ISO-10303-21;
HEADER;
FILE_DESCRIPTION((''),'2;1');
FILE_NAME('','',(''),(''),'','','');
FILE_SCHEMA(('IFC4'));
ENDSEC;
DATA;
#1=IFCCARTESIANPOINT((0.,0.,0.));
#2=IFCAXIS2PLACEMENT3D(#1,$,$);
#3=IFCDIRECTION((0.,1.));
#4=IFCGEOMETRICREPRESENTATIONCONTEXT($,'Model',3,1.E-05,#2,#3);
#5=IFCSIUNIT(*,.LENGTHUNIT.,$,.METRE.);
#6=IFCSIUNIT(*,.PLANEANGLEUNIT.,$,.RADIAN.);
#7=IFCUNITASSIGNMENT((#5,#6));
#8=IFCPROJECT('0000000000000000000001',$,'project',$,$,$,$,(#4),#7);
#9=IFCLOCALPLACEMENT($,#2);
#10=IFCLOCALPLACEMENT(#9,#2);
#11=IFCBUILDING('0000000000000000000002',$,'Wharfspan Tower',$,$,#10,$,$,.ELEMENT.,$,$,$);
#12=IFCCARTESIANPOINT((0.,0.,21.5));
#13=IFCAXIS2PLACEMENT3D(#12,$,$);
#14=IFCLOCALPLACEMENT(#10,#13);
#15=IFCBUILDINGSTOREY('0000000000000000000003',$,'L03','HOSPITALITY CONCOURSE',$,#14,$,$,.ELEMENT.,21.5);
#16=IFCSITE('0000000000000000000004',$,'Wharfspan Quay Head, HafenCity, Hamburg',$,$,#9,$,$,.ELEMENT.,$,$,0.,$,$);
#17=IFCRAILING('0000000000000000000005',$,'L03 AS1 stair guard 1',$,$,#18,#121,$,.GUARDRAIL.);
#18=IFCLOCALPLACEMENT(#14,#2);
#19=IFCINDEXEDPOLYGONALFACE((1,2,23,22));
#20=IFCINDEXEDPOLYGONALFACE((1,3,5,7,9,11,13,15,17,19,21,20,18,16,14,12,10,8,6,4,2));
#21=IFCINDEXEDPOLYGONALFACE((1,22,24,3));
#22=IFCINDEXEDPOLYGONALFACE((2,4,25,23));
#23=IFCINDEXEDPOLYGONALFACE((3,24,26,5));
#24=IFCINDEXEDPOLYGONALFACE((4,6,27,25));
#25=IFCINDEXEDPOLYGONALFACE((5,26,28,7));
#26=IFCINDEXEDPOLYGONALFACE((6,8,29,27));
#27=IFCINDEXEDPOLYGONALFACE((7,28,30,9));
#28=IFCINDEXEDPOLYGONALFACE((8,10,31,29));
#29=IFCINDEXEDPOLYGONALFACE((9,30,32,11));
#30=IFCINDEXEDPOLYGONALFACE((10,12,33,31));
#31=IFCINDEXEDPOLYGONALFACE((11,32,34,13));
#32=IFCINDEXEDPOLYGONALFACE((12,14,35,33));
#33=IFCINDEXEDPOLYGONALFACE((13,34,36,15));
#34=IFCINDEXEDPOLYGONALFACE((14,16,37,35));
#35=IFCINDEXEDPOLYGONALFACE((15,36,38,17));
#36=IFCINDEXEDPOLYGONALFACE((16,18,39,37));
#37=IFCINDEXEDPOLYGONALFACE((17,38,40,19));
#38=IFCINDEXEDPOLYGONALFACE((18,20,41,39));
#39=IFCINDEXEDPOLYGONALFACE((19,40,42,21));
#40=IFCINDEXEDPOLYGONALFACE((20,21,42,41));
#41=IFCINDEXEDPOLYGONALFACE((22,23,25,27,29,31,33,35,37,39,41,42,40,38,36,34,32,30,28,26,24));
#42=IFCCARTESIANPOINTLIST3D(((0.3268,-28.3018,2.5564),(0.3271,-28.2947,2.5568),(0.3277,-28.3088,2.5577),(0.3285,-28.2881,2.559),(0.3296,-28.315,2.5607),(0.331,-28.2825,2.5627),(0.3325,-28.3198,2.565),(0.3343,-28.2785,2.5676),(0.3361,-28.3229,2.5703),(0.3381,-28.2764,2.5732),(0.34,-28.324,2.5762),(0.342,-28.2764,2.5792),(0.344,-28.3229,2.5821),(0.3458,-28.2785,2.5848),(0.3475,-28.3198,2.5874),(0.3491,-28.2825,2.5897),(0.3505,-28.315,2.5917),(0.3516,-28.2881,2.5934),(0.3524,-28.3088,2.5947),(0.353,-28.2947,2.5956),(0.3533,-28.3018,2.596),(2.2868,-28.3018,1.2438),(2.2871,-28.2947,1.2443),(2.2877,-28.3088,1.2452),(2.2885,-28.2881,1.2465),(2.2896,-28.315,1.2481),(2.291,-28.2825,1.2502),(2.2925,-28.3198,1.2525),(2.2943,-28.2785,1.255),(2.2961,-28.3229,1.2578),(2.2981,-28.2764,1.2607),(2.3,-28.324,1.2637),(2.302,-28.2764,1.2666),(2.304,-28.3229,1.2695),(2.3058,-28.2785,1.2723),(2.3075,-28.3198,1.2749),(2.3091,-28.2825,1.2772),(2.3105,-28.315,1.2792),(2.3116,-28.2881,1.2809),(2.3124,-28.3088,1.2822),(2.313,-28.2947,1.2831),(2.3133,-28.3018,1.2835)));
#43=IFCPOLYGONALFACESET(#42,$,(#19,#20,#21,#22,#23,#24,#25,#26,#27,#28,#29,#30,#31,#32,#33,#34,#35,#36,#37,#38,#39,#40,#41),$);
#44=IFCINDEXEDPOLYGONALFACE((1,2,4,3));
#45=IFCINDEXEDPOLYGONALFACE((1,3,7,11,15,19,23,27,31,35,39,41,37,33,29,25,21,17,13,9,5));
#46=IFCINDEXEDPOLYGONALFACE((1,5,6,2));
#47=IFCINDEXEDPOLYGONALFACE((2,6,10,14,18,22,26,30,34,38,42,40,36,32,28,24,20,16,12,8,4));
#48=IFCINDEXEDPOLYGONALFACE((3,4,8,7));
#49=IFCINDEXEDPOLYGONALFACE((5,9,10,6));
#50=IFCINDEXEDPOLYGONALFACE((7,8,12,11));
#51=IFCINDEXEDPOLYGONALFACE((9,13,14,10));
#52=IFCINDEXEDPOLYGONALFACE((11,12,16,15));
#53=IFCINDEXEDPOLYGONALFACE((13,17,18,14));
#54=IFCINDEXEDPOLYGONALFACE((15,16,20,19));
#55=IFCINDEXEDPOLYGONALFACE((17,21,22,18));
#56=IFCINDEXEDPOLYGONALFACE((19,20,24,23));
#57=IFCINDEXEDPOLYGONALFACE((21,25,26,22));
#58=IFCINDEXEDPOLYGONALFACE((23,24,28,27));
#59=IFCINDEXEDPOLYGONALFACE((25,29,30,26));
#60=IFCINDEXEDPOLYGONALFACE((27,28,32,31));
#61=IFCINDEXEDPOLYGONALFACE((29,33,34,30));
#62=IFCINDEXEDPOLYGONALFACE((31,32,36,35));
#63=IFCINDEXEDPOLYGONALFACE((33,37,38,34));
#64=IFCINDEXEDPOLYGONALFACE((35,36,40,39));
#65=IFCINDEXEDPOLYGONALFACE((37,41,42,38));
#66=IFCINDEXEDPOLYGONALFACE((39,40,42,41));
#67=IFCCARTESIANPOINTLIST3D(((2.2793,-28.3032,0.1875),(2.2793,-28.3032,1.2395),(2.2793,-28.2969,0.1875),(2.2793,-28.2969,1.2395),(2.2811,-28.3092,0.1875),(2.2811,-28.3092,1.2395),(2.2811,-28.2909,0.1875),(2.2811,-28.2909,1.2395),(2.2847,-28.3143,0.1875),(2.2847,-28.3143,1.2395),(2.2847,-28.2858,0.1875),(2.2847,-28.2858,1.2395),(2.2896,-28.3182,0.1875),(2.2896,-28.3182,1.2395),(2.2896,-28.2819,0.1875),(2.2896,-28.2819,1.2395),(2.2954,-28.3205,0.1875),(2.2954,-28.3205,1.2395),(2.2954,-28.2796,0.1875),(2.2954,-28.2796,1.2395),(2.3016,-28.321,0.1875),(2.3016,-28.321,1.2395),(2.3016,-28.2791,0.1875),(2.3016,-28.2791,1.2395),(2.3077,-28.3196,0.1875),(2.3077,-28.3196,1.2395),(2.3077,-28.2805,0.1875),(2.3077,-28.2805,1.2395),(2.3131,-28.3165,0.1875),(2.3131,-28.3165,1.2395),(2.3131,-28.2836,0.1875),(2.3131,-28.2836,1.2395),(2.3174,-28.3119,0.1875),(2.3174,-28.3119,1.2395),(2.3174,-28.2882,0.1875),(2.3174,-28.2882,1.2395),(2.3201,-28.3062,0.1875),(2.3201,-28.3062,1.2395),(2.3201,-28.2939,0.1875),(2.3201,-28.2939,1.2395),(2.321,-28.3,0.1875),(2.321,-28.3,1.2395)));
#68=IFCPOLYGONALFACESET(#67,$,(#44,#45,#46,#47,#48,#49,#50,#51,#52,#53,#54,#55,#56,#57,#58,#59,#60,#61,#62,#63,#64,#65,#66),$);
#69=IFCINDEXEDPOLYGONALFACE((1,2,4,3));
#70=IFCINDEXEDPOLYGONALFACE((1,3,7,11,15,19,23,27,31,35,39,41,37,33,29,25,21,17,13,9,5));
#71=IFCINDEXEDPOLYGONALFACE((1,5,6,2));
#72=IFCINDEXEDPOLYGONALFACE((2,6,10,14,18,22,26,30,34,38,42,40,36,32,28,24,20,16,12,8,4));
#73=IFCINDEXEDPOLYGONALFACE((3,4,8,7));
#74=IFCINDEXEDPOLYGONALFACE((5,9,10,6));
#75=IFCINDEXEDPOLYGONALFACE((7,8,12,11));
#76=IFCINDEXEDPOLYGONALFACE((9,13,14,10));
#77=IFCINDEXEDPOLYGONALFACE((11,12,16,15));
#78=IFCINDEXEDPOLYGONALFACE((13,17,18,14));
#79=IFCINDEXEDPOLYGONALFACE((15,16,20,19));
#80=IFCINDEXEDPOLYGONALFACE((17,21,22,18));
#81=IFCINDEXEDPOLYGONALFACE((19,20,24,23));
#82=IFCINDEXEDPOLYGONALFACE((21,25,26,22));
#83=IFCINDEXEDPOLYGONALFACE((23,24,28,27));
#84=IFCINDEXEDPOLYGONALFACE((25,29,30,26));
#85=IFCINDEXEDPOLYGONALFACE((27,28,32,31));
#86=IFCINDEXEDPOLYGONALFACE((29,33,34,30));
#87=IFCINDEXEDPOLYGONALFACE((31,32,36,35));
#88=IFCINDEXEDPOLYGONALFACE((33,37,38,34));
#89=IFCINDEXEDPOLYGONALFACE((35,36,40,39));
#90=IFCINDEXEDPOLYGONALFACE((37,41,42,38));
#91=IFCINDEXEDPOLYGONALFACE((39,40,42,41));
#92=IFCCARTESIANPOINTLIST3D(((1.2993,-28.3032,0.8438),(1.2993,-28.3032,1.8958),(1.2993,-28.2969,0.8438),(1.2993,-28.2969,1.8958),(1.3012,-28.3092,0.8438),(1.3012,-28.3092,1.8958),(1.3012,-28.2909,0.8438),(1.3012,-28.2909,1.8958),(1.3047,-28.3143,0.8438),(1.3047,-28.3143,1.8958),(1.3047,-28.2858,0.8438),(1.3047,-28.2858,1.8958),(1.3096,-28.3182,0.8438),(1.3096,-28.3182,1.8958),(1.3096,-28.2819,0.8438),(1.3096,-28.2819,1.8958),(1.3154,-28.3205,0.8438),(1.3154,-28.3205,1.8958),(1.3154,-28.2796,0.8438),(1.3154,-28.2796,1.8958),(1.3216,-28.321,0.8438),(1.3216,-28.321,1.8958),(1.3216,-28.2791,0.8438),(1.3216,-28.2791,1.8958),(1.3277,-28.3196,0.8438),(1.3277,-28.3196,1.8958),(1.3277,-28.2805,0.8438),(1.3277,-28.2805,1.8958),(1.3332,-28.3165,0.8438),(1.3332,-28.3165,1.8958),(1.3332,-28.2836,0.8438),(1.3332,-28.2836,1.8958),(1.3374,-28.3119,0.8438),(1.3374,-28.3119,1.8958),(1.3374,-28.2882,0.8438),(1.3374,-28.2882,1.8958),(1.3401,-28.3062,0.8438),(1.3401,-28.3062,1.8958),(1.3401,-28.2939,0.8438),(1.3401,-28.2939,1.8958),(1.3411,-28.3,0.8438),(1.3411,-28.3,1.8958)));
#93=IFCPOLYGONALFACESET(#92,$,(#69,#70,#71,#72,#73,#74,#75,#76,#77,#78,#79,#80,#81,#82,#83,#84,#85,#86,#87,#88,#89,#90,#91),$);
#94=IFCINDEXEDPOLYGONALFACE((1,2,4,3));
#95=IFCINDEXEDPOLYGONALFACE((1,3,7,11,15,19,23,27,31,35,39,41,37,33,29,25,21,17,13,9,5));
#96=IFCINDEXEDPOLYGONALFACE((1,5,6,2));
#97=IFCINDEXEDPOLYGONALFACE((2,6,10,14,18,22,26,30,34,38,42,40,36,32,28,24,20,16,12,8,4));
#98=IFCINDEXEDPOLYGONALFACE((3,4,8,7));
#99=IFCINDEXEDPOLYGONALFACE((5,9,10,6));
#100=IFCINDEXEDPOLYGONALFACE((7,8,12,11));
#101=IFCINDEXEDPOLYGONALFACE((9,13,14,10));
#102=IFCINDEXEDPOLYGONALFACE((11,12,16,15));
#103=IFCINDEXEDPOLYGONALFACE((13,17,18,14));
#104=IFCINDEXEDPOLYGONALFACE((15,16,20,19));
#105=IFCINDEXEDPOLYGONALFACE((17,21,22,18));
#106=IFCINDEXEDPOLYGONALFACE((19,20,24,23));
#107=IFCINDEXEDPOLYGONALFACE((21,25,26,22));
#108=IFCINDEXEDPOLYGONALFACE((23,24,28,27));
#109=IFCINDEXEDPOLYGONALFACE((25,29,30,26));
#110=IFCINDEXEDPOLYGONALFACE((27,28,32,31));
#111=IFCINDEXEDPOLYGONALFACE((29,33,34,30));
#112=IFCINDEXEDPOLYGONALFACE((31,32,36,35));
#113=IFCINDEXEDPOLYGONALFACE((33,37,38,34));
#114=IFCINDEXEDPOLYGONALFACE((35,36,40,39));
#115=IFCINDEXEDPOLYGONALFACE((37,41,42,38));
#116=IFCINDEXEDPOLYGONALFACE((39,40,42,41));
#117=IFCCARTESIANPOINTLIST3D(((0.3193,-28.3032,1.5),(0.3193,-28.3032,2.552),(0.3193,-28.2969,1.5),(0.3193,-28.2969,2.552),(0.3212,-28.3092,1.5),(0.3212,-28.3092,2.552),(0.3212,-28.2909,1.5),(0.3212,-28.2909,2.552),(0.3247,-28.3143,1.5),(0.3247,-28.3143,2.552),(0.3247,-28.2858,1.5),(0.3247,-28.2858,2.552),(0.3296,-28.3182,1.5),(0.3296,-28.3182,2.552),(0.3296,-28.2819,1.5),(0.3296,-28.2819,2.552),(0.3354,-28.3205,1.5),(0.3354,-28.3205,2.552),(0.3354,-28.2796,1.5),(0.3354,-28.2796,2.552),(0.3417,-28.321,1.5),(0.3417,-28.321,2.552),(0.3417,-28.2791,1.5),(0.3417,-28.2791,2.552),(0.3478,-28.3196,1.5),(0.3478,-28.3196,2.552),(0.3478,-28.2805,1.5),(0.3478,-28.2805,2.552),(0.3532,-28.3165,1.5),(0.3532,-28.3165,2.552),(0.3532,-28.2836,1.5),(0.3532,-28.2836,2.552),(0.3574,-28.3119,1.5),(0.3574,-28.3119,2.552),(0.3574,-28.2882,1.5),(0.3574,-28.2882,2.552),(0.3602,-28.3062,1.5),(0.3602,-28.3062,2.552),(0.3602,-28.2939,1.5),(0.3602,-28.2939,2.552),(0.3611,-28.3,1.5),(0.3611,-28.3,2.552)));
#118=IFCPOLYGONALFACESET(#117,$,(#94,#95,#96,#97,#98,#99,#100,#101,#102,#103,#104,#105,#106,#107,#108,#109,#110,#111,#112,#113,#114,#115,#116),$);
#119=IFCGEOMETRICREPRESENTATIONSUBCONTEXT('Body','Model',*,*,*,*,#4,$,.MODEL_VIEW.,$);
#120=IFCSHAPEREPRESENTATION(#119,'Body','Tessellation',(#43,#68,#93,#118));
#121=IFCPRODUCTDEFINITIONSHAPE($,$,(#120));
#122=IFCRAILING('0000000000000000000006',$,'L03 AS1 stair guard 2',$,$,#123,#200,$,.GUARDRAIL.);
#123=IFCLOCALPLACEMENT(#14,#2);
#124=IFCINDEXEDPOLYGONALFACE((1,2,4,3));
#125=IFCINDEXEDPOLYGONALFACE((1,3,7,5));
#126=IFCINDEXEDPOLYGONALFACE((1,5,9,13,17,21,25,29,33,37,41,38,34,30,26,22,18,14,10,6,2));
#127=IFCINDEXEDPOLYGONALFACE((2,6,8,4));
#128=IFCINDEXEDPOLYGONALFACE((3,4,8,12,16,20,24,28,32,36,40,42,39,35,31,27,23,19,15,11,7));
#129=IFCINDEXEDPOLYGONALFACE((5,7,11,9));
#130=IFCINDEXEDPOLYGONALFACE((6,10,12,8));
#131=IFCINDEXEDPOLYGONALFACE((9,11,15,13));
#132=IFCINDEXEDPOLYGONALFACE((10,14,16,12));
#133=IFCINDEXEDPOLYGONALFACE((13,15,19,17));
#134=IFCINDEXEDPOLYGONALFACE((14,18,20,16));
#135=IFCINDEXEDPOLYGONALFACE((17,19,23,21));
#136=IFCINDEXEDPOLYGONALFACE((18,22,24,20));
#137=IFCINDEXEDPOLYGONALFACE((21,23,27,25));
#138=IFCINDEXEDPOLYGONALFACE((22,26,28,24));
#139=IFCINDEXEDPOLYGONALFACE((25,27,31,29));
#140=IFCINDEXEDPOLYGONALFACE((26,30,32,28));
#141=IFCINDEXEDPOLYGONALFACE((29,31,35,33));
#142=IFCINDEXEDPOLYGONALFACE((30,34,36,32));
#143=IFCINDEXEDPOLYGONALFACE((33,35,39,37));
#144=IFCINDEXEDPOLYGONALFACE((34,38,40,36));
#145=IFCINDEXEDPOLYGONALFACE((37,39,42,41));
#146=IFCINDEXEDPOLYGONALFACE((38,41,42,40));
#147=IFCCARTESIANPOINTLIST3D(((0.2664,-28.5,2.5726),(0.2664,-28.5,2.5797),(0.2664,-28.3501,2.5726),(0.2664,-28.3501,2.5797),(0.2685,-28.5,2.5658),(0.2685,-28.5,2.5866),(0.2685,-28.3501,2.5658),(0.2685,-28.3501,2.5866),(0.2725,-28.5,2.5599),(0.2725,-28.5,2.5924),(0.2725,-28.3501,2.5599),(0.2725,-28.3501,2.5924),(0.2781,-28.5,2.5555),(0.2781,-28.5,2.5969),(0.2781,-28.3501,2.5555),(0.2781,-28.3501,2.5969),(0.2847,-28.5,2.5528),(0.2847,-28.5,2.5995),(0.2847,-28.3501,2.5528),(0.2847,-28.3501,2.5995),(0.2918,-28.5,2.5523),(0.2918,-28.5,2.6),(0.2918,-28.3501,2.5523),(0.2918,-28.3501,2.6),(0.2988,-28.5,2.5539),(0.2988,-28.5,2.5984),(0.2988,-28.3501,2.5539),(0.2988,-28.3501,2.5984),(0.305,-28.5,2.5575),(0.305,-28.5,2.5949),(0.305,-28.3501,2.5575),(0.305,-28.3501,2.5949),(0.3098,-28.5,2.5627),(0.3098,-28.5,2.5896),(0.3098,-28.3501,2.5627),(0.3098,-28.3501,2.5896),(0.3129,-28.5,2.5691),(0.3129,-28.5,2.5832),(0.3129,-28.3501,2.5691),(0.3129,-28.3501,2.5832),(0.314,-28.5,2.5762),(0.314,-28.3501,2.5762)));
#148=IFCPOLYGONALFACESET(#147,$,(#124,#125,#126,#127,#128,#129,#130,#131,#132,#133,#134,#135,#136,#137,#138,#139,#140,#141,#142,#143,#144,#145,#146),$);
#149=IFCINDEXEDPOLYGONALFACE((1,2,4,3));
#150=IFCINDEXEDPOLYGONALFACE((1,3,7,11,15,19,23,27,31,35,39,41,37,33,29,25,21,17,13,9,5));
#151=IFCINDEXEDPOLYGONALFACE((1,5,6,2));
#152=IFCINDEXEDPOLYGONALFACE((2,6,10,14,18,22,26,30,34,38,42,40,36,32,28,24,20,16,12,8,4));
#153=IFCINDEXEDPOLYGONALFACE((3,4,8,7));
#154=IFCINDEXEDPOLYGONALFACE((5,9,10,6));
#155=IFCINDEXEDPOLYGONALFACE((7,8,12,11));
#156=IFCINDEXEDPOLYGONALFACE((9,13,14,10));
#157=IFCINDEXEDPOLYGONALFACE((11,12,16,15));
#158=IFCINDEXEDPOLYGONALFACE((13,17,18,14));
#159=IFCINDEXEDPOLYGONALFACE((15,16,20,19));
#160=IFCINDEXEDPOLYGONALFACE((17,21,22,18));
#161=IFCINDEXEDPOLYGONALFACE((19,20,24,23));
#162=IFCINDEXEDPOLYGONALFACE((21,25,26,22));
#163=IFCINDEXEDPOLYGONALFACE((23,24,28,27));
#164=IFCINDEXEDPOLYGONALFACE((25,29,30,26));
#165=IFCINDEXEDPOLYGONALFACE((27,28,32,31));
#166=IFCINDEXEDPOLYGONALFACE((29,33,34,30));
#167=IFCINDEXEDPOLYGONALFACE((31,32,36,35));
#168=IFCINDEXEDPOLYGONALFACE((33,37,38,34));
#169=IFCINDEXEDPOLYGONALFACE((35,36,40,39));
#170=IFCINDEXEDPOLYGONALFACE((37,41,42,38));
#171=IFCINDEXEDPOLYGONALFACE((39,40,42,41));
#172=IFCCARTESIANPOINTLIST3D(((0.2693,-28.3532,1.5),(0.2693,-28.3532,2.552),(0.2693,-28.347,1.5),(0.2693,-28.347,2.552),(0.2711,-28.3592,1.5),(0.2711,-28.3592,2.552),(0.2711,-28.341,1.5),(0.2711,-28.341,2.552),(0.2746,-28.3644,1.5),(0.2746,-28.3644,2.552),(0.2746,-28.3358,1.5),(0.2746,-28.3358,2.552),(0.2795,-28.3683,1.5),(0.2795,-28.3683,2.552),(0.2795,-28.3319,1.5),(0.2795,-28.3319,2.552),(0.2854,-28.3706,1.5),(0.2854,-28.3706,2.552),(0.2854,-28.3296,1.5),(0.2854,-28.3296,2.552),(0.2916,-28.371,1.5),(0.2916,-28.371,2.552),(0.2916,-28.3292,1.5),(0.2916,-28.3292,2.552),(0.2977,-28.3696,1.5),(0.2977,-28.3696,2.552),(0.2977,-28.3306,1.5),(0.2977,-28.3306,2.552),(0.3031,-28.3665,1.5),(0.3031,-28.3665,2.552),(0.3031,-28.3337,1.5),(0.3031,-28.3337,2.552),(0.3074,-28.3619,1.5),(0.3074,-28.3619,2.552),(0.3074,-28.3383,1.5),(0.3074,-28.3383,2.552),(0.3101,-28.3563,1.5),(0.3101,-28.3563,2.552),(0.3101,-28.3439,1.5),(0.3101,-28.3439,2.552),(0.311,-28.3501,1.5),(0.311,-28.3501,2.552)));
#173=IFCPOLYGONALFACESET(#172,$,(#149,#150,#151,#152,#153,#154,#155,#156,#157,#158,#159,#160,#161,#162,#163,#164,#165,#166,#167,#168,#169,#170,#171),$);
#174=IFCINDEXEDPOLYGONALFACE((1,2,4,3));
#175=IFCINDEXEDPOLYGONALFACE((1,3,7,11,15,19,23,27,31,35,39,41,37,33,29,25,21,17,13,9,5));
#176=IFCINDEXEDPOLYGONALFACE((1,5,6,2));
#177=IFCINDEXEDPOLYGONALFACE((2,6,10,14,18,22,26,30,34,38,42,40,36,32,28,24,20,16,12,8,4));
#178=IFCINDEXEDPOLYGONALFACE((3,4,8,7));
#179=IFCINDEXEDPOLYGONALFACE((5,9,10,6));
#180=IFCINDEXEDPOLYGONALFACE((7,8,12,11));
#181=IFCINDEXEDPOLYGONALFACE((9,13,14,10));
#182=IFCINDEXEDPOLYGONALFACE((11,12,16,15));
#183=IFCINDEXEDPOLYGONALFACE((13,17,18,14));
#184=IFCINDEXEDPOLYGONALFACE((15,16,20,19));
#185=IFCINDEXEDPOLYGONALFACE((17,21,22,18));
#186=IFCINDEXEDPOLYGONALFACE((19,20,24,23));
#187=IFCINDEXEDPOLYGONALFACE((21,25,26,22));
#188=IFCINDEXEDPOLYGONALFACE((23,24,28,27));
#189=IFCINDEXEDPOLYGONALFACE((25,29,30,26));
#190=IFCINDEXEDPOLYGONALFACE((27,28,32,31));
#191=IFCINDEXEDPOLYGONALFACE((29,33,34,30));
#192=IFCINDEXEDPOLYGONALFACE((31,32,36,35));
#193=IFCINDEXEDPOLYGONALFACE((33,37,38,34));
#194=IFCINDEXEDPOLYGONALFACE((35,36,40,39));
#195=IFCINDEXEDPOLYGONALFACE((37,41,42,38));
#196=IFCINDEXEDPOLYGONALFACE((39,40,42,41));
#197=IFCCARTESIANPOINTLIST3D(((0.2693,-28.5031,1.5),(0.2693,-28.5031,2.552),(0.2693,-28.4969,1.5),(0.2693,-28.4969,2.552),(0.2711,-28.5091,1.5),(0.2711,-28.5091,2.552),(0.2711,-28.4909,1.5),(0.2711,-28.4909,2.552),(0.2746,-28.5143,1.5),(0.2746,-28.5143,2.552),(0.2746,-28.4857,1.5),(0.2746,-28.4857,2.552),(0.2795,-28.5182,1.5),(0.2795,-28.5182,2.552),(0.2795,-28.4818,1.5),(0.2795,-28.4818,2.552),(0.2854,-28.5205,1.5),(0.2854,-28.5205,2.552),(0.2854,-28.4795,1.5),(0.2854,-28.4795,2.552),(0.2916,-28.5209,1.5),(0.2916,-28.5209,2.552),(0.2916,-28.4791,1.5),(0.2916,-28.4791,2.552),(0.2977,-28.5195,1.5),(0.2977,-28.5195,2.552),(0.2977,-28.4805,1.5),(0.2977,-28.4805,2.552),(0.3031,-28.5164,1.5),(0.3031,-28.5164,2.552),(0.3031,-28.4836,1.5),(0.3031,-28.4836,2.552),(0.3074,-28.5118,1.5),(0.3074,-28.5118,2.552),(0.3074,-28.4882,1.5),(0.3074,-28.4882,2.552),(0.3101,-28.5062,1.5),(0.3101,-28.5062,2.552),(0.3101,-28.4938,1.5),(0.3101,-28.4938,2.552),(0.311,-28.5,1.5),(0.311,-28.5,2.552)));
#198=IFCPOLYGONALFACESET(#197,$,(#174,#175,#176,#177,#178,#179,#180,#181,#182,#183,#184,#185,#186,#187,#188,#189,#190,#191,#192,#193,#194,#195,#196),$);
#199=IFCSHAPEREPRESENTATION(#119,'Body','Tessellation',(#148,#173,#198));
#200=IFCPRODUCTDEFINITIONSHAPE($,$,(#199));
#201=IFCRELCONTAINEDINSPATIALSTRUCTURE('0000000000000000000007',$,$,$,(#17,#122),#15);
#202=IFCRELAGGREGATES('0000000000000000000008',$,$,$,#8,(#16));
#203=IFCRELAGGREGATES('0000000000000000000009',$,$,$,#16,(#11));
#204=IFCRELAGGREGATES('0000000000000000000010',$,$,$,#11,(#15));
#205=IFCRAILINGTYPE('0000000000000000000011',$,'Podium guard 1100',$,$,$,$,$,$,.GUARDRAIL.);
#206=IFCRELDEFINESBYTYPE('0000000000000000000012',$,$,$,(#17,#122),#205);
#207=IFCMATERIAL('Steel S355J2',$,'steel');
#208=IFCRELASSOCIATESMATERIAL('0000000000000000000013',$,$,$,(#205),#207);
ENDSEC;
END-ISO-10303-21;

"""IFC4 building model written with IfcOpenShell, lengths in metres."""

from ifc_helpers import new_model, si_unit, direction, frame, origin, origin_2d, place, context, subcontext, project, spatial, circle, extrude, material, type_object, element, save


model = new_model("IFC4")

# Units and contexts
model_context = context("Model", 3, precision=1e-05, world=origin(), true_north=direction((0.0, 1.0)))
body_context = subcontext(model_context, "Body", "Model", "MODEL_VIEW")
ifc_project = project(units=[si_unit("LENGTHUNIT", "METRE"), si_unit("PLANEANGLEUNIT", "RADIAN")], contexts=[model_context])

# Site, building, storey
site_placement = place(None, origin())
site = spatial("IfcSite", under=ifc_project, at=site_placement, Name="Wharfspan Quay Head, HafenCity, Hamburg", CompositionType="ELEMENT", RefElevation=0.0)
building_placement = place(site_placement, origin())
building = spatial("IfcBuilding", under=site, at=building_placement, Name="Wharfspan Tower", CompositionType="ELEMENT")
storey_placement = place(building_placement, frame((0.0, 0.0, 21.5)))
storey = spatial("IfcBuildingStorey", under=building, at=storey_placement, Name="L03", Description="HOSPITALITY CONCOURSE", CompositionType="ELEMENT", Elevation=21.5)

# Railings
ifc_material_1 = material(Name="Steel S355J2", Category="steel")
railing_type_1 = type_object("IfcRailingType", Name="Podium guard 1100", PredefinedType="GUARDRAIL", material=ifc_material_1)
railing_1_placement = place(storey_placement, frame((2.3, -28.3, 0.1875)))
element("IfcRailing", 1, at=railing_1_placement, inside=storey, type_object=railing_type_1, Name="L03 AS1 stair guard 1", PredefinedType="GUARDRAIL", context=body_context, shape_type="SweptSolid", body=[
    extrude(circle(Radius=0.0239, at=origin_2d()), frame((0.0, 0.0, 1.0762), z_axis=(-0.830902, 0.0, 0.556419), x_axis=(0.0, -1.0, 0.0)), (0.0, 0.0, 1.0), 2.3589),
    extrude(circle(Radius=0.021, at=origin_2d()), origin(), (0.0, 0.0, 1.0), 1.052),
    extrude(circle(Radius=0.021, at=origin_2d()), frame((-0.98, 0.0, 0.6562)), (0.0, 0.0, 1.0), 1.052),
    extrude(circle(Radius=0.021, at=origin_2d()), frame((-1.96, 0.0, 1.3125)), (0.0, 0.0, 1.0), 1.052),
])
railing_2_placement = place(storey_placement, frame((0.29, -28.3501, 1.5)))
element("IfcRailing", 2, at=railing_2_placement, inside=storey, type_object=railing_type_1, Name="L03 AS1 stair guard 2", PredefinedType="GUARDRAIL", context=body_context, shape_type="SweptSolid", body=[
    extrude(circle(Radius=0.0239, at=origin_2d()), frame((0.0, 0.0, 1.0762), z_axis=(0.0, -1.0, 0.0), x_axis=(1.0, 0.0, 0.0)), (0.0, 0.0, 1.0), 0.1499),
    extrude(circle(Radius=0.021, at=origin_2d()), origin(), (0.0, 0.0, 1.0), 1.052),
    extrude(circle(Radius=0.021, at=origin_2d()), frame((0.0, -0.1499, 0.0)), (0.0, 0.0, 1.0), 1.052),
])

save(model, "model.ifc")
